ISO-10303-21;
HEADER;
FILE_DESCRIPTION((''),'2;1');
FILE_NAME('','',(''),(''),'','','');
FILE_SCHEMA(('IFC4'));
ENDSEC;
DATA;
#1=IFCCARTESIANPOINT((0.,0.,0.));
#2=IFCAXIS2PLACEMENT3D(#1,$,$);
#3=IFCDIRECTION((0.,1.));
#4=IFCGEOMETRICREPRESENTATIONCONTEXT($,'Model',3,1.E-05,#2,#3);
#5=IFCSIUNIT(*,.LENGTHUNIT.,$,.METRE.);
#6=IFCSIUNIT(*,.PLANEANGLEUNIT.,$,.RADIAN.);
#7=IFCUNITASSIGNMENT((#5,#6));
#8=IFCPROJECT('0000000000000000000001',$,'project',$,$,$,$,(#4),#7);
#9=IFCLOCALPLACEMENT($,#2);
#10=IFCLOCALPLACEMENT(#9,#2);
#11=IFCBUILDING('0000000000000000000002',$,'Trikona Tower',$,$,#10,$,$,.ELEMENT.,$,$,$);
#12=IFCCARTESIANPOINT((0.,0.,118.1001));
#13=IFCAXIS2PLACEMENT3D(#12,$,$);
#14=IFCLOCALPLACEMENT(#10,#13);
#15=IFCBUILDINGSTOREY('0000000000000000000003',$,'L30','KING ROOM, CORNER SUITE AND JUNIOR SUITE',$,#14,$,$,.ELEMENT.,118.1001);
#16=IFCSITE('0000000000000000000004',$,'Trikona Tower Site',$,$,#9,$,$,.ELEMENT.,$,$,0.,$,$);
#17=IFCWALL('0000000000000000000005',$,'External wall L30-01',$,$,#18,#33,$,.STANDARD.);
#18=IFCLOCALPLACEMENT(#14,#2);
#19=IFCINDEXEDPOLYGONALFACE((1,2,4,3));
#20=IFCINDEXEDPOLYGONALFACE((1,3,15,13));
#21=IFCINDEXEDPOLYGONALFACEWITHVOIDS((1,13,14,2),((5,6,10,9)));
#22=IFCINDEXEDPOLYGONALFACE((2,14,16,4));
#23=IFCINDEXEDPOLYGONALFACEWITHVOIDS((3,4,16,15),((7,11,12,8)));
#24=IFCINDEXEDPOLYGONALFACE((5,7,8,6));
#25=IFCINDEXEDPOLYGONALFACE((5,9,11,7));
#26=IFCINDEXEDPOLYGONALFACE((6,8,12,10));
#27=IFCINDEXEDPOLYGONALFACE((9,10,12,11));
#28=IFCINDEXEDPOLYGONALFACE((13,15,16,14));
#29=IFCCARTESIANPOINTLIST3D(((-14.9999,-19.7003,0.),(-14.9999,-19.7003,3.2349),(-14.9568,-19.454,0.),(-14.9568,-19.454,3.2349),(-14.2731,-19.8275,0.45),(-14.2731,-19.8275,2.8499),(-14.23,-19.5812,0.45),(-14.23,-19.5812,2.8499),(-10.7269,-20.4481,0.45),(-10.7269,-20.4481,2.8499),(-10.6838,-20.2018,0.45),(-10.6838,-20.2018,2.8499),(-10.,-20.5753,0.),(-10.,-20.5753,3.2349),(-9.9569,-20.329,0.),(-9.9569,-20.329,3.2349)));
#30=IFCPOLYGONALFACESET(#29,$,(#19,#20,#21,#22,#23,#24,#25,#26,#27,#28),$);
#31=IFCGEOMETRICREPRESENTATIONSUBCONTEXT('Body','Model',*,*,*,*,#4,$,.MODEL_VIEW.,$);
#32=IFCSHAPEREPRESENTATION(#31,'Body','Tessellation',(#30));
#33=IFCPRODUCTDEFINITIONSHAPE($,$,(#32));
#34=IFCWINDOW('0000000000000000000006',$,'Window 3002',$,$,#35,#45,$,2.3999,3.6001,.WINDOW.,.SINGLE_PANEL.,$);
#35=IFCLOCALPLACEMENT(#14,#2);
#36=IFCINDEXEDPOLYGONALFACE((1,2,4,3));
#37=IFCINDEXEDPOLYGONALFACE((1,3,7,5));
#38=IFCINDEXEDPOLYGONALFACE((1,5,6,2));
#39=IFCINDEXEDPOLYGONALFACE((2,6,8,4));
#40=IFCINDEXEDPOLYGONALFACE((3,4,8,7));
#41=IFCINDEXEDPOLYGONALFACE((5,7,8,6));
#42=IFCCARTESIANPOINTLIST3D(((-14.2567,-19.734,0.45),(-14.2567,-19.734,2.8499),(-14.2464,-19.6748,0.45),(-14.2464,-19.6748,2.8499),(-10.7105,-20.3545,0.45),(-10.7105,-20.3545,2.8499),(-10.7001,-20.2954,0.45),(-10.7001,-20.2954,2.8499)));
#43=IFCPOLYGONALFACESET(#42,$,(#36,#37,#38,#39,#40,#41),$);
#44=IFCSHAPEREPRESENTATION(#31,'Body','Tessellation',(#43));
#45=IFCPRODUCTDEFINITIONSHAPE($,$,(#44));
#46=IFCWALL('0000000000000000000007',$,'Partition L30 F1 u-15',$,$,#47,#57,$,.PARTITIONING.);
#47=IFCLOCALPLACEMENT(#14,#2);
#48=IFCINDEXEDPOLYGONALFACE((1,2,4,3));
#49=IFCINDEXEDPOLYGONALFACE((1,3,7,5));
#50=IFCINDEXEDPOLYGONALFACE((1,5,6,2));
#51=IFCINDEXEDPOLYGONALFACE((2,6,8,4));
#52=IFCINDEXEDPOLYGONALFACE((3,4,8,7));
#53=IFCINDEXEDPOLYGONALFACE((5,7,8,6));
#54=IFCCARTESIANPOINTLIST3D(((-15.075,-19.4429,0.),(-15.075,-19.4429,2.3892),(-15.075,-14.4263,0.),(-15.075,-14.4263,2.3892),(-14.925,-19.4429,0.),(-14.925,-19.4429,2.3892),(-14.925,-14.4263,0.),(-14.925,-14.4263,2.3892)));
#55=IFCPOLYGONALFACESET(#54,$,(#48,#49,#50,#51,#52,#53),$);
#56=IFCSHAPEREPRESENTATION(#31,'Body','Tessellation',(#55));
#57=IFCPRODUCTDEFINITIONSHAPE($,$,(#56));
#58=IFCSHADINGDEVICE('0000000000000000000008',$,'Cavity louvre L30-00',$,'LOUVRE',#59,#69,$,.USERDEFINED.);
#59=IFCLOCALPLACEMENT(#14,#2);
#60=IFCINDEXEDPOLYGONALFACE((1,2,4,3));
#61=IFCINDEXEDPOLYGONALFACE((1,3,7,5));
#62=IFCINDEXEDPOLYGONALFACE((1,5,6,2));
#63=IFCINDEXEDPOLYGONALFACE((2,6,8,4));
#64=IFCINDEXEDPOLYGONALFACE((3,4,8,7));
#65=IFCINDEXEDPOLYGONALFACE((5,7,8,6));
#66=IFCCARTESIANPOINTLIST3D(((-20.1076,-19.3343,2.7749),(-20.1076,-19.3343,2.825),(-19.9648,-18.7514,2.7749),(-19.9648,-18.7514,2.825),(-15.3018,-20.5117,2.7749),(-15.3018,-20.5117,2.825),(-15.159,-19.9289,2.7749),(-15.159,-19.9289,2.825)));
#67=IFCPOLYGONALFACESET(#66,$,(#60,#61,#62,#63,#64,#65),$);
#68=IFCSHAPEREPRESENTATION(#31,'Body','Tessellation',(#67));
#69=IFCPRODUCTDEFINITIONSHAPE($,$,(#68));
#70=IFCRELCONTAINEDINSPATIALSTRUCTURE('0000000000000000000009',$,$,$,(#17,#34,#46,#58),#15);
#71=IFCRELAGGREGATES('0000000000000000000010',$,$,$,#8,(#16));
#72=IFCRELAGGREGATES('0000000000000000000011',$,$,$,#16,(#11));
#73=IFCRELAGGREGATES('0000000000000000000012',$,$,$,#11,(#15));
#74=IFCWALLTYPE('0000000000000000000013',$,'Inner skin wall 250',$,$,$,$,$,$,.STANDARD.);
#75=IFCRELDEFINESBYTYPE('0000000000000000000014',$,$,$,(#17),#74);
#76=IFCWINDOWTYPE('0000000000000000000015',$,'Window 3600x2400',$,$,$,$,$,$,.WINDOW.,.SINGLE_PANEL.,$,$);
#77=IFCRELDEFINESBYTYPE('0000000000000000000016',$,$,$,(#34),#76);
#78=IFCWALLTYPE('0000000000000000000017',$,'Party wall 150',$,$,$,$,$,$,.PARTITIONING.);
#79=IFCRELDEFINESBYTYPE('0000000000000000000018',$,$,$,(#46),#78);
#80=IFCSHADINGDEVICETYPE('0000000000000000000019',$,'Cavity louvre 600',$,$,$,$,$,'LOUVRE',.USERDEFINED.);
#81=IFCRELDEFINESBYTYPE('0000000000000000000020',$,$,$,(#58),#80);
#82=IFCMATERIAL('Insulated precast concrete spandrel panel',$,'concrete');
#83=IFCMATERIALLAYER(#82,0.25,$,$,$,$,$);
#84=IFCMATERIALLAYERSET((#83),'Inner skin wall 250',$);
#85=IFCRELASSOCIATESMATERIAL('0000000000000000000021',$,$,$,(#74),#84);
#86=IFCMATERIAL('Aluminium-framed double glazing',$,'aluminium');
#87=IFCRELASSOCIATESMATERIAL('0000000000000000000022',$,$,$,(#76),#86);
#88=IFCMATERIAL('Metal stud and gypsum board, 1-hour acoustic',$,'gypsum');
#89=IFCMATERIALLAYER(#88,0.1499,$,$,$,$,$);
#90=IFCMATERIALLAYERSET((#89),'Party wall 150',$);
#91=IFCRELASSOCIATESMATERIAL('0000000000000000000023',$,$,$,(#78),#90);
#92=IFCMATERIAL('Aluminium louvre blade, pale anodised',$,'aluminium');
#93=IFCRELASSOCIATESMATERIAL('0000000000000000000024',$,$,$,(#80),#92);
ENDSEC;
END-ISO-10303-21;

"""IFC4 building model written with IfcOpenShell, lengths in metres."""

from ifc_helpers import new_model, si_unit, direction, frame, frame_2d, origin, origin_2d, place, context, subcontext, project, spatial, rectangle, extrude, material, layer, layer_set, type_object, element, fill, save


model = new_model("IFC4")

# Units and contexts
model_context = context("Model", 3, precision=1e-05, world=origin(), true_north=direction((0.0, 1.0)))
body_context = subcontext(model_context, "Body", "Model", "MODEL_VIEW")
ifc_project = project(units=[si_unit("LENGTHUNIT", "METRE"), si_unit("PLANEANGLEUNIT", "RADIAN")], contexts=[model_context])

# Site, building, storey
site_placement = place(None, origin())
site = spatial("IfcSite", under=ifc_project, at=site_placement, Name="Trikona Tower Site", CompositionType="ELEMENT", RefElevation=0.0)
building_placement = place(site_placement, origin())
building = spatial("IfcBuilding", under=site, at=building_placement, Name="Trikona Tower", CompositionType="ELEMENT")
storey_placement = place(building_placement, frame((0.0, 0.0, 118.1001)))
storey = spatial("IfcBuildingStorey", under=building, at=storey_placement, Name="L30", Description="KING ROOM, CORNER SUITE AND JUNIOR SUITE", CompositionType="ELEMENT", Elevation=118.1001)

# Wall, opening, window
ifc_material_1 = material(Name="Insulated precast concrete spandrel panel", Category="concrete")
ifc_layer_1 = layer(ifc_material_1, 0.25)
ifc_layer_set_1 = layer_set([ifc_layer_1], Name="Inner skin wall 250")
wall_type_1 = type_object("IfcWallType", Name="Inner skin wall 250", PredefinedType="STANDARD", material=ifc_layer_set_1)
wall_1_placement = place(storey_placement, frame((-14.9785, -19.5771, 0.0), z_axis=(0.0, 0.0, 1.0), x_axis=(0.98503, -0.17238, 0.0)))
wall_1 = element("IfcWall", 1, at=wall_1_placement, inside=storey, type_object=wall_type_1, Name="External wall L30-01", PredefinedType="STANDARD", context=body_context, shape_type="SweptSolid", body=[
    extrude(rectangle(XDim=5.0759, YDim=0.25, at=frame_2d((2.5381, 0.0))), origin(), (0.0, 0.0, 1.0), 3.2349),
])
opening_placement = place(wall_1_placement, frame((0.738, 0.0, 0.45)))
opening = element("IfcOpeningElement", 2, at=opening_placement, cuts=wall_1, PredefinedType="OPENING", context=body_context, shape_type="SweptSolid", body=[
    extrude(rectangle(XDim=3.6001, YDim=2.3999, at=frame_2d((1.8, 1.2))), frame((0.0, 0.135, 0.0), z_axis=(0.0, -1.0, 0.0), x_axis=(1.0, 0.0, 0.0)), (0.0, 0.0, 1.0), 0.27),
])
ifc_material_2 = material(Name="Aluminium-framed double glazing", Category="aluminium")
window_type = type_object("IfcWindowType", Name="Window 3600x2400", PartitioningType="SINGLE_PANEL", PredefinedType="WINDOW", material=ifc_material_2)
window_placement = place(opening_placement, origin())
window = element("IfcWindow", 3, at=window_placement, inside=storey, type_object=window_type, Name="Window 3002", OverallHeight=2.3999, OverallWidth=3.6001, PartitioningType="SINGLE_PANEL", PredefinedType="WINDOW", context=body_context, shape_type="SweptSolid", body=[
    extrude(rectangle(XDim=3.6001, YDim=2.3999, at=frame_2d((1.8, 1.2))), frame((0.0, 0.03, 0.0), z_axis=(0.0, -1.0, 0.0), x_axis=(1.0, 0.0, 0.0)), (0.0, 0.0, 1.0), 0.0601),
])
fill(opening, window)

# Wall
ifc_material_3 = material(Name="Metal stud and gypsum board, 1-hour acoustic", Category="gypsum")
ifc_layer_2 = layer(ifc_material_3, 0.1499)
ifc_layer_set_2 = layer_set([ifc_layer_2], Name="Party wall 150")
wall_type_2 = type_object("IfcWallType", Name="Party wall 150", PredefinedType="PARTITIONING", material=ifc_layer_set_2)
wall_2_placement = place(storey_placement, frame((-15.0, -14.4263, 0.0), z_axis=(0.0, 0.0, 1.0), x_axis=(0.0, -1.0, 0.0)))
element("IfcWall", 4, at=wall_2_placement, inside=storey, type_object=wall_type_2, Name="Partition L30 F1 u-15", PredefinedType="PARTITIONING", context=body_context, shape_type="SweptSolid", body=[
    extrude(rectangle(XDim=5.0166, YDim=0.1499, at=frame_2d((2.5083, 0.0))), origin(), (0.0, 0.0, 1.0), 2.3892),
])

# Shading device
ifc_material_4 = material(Name="Aluminium louvre blade, pale anodised", Category="aluminium")
shading_device_type = type_object("IfcShadingDeviceType", Name="Cavity louvre 600", ElementType="LOUVRE", PredefinedType="USERDEFINED", material=ifc_material_4)
shading_device_placement = place(storey_placement, frame((-17.6333, -19.6316, 2.7749), z_axis=(0.0, 0.0, 1.0), x_axis=(0.971274, -0.237962, 0.0)))
element("IfcShadingDevice", 5, at=shading_device_placement, inside=storey, type_object=shading_device_type, Name="Cavity louvre L30-00", ObjectType="LOUVRE", PredefinedType="USERDEFINED", context=body_context, shape_type="SweptSolid", body=[
    extrude(rectangle(XDim=4.948, YDim=0.6001, at=origin_2d()), origin(), (0.0, 0.0, 1.0), 0.05),
])

save(model, "model.ifc")
